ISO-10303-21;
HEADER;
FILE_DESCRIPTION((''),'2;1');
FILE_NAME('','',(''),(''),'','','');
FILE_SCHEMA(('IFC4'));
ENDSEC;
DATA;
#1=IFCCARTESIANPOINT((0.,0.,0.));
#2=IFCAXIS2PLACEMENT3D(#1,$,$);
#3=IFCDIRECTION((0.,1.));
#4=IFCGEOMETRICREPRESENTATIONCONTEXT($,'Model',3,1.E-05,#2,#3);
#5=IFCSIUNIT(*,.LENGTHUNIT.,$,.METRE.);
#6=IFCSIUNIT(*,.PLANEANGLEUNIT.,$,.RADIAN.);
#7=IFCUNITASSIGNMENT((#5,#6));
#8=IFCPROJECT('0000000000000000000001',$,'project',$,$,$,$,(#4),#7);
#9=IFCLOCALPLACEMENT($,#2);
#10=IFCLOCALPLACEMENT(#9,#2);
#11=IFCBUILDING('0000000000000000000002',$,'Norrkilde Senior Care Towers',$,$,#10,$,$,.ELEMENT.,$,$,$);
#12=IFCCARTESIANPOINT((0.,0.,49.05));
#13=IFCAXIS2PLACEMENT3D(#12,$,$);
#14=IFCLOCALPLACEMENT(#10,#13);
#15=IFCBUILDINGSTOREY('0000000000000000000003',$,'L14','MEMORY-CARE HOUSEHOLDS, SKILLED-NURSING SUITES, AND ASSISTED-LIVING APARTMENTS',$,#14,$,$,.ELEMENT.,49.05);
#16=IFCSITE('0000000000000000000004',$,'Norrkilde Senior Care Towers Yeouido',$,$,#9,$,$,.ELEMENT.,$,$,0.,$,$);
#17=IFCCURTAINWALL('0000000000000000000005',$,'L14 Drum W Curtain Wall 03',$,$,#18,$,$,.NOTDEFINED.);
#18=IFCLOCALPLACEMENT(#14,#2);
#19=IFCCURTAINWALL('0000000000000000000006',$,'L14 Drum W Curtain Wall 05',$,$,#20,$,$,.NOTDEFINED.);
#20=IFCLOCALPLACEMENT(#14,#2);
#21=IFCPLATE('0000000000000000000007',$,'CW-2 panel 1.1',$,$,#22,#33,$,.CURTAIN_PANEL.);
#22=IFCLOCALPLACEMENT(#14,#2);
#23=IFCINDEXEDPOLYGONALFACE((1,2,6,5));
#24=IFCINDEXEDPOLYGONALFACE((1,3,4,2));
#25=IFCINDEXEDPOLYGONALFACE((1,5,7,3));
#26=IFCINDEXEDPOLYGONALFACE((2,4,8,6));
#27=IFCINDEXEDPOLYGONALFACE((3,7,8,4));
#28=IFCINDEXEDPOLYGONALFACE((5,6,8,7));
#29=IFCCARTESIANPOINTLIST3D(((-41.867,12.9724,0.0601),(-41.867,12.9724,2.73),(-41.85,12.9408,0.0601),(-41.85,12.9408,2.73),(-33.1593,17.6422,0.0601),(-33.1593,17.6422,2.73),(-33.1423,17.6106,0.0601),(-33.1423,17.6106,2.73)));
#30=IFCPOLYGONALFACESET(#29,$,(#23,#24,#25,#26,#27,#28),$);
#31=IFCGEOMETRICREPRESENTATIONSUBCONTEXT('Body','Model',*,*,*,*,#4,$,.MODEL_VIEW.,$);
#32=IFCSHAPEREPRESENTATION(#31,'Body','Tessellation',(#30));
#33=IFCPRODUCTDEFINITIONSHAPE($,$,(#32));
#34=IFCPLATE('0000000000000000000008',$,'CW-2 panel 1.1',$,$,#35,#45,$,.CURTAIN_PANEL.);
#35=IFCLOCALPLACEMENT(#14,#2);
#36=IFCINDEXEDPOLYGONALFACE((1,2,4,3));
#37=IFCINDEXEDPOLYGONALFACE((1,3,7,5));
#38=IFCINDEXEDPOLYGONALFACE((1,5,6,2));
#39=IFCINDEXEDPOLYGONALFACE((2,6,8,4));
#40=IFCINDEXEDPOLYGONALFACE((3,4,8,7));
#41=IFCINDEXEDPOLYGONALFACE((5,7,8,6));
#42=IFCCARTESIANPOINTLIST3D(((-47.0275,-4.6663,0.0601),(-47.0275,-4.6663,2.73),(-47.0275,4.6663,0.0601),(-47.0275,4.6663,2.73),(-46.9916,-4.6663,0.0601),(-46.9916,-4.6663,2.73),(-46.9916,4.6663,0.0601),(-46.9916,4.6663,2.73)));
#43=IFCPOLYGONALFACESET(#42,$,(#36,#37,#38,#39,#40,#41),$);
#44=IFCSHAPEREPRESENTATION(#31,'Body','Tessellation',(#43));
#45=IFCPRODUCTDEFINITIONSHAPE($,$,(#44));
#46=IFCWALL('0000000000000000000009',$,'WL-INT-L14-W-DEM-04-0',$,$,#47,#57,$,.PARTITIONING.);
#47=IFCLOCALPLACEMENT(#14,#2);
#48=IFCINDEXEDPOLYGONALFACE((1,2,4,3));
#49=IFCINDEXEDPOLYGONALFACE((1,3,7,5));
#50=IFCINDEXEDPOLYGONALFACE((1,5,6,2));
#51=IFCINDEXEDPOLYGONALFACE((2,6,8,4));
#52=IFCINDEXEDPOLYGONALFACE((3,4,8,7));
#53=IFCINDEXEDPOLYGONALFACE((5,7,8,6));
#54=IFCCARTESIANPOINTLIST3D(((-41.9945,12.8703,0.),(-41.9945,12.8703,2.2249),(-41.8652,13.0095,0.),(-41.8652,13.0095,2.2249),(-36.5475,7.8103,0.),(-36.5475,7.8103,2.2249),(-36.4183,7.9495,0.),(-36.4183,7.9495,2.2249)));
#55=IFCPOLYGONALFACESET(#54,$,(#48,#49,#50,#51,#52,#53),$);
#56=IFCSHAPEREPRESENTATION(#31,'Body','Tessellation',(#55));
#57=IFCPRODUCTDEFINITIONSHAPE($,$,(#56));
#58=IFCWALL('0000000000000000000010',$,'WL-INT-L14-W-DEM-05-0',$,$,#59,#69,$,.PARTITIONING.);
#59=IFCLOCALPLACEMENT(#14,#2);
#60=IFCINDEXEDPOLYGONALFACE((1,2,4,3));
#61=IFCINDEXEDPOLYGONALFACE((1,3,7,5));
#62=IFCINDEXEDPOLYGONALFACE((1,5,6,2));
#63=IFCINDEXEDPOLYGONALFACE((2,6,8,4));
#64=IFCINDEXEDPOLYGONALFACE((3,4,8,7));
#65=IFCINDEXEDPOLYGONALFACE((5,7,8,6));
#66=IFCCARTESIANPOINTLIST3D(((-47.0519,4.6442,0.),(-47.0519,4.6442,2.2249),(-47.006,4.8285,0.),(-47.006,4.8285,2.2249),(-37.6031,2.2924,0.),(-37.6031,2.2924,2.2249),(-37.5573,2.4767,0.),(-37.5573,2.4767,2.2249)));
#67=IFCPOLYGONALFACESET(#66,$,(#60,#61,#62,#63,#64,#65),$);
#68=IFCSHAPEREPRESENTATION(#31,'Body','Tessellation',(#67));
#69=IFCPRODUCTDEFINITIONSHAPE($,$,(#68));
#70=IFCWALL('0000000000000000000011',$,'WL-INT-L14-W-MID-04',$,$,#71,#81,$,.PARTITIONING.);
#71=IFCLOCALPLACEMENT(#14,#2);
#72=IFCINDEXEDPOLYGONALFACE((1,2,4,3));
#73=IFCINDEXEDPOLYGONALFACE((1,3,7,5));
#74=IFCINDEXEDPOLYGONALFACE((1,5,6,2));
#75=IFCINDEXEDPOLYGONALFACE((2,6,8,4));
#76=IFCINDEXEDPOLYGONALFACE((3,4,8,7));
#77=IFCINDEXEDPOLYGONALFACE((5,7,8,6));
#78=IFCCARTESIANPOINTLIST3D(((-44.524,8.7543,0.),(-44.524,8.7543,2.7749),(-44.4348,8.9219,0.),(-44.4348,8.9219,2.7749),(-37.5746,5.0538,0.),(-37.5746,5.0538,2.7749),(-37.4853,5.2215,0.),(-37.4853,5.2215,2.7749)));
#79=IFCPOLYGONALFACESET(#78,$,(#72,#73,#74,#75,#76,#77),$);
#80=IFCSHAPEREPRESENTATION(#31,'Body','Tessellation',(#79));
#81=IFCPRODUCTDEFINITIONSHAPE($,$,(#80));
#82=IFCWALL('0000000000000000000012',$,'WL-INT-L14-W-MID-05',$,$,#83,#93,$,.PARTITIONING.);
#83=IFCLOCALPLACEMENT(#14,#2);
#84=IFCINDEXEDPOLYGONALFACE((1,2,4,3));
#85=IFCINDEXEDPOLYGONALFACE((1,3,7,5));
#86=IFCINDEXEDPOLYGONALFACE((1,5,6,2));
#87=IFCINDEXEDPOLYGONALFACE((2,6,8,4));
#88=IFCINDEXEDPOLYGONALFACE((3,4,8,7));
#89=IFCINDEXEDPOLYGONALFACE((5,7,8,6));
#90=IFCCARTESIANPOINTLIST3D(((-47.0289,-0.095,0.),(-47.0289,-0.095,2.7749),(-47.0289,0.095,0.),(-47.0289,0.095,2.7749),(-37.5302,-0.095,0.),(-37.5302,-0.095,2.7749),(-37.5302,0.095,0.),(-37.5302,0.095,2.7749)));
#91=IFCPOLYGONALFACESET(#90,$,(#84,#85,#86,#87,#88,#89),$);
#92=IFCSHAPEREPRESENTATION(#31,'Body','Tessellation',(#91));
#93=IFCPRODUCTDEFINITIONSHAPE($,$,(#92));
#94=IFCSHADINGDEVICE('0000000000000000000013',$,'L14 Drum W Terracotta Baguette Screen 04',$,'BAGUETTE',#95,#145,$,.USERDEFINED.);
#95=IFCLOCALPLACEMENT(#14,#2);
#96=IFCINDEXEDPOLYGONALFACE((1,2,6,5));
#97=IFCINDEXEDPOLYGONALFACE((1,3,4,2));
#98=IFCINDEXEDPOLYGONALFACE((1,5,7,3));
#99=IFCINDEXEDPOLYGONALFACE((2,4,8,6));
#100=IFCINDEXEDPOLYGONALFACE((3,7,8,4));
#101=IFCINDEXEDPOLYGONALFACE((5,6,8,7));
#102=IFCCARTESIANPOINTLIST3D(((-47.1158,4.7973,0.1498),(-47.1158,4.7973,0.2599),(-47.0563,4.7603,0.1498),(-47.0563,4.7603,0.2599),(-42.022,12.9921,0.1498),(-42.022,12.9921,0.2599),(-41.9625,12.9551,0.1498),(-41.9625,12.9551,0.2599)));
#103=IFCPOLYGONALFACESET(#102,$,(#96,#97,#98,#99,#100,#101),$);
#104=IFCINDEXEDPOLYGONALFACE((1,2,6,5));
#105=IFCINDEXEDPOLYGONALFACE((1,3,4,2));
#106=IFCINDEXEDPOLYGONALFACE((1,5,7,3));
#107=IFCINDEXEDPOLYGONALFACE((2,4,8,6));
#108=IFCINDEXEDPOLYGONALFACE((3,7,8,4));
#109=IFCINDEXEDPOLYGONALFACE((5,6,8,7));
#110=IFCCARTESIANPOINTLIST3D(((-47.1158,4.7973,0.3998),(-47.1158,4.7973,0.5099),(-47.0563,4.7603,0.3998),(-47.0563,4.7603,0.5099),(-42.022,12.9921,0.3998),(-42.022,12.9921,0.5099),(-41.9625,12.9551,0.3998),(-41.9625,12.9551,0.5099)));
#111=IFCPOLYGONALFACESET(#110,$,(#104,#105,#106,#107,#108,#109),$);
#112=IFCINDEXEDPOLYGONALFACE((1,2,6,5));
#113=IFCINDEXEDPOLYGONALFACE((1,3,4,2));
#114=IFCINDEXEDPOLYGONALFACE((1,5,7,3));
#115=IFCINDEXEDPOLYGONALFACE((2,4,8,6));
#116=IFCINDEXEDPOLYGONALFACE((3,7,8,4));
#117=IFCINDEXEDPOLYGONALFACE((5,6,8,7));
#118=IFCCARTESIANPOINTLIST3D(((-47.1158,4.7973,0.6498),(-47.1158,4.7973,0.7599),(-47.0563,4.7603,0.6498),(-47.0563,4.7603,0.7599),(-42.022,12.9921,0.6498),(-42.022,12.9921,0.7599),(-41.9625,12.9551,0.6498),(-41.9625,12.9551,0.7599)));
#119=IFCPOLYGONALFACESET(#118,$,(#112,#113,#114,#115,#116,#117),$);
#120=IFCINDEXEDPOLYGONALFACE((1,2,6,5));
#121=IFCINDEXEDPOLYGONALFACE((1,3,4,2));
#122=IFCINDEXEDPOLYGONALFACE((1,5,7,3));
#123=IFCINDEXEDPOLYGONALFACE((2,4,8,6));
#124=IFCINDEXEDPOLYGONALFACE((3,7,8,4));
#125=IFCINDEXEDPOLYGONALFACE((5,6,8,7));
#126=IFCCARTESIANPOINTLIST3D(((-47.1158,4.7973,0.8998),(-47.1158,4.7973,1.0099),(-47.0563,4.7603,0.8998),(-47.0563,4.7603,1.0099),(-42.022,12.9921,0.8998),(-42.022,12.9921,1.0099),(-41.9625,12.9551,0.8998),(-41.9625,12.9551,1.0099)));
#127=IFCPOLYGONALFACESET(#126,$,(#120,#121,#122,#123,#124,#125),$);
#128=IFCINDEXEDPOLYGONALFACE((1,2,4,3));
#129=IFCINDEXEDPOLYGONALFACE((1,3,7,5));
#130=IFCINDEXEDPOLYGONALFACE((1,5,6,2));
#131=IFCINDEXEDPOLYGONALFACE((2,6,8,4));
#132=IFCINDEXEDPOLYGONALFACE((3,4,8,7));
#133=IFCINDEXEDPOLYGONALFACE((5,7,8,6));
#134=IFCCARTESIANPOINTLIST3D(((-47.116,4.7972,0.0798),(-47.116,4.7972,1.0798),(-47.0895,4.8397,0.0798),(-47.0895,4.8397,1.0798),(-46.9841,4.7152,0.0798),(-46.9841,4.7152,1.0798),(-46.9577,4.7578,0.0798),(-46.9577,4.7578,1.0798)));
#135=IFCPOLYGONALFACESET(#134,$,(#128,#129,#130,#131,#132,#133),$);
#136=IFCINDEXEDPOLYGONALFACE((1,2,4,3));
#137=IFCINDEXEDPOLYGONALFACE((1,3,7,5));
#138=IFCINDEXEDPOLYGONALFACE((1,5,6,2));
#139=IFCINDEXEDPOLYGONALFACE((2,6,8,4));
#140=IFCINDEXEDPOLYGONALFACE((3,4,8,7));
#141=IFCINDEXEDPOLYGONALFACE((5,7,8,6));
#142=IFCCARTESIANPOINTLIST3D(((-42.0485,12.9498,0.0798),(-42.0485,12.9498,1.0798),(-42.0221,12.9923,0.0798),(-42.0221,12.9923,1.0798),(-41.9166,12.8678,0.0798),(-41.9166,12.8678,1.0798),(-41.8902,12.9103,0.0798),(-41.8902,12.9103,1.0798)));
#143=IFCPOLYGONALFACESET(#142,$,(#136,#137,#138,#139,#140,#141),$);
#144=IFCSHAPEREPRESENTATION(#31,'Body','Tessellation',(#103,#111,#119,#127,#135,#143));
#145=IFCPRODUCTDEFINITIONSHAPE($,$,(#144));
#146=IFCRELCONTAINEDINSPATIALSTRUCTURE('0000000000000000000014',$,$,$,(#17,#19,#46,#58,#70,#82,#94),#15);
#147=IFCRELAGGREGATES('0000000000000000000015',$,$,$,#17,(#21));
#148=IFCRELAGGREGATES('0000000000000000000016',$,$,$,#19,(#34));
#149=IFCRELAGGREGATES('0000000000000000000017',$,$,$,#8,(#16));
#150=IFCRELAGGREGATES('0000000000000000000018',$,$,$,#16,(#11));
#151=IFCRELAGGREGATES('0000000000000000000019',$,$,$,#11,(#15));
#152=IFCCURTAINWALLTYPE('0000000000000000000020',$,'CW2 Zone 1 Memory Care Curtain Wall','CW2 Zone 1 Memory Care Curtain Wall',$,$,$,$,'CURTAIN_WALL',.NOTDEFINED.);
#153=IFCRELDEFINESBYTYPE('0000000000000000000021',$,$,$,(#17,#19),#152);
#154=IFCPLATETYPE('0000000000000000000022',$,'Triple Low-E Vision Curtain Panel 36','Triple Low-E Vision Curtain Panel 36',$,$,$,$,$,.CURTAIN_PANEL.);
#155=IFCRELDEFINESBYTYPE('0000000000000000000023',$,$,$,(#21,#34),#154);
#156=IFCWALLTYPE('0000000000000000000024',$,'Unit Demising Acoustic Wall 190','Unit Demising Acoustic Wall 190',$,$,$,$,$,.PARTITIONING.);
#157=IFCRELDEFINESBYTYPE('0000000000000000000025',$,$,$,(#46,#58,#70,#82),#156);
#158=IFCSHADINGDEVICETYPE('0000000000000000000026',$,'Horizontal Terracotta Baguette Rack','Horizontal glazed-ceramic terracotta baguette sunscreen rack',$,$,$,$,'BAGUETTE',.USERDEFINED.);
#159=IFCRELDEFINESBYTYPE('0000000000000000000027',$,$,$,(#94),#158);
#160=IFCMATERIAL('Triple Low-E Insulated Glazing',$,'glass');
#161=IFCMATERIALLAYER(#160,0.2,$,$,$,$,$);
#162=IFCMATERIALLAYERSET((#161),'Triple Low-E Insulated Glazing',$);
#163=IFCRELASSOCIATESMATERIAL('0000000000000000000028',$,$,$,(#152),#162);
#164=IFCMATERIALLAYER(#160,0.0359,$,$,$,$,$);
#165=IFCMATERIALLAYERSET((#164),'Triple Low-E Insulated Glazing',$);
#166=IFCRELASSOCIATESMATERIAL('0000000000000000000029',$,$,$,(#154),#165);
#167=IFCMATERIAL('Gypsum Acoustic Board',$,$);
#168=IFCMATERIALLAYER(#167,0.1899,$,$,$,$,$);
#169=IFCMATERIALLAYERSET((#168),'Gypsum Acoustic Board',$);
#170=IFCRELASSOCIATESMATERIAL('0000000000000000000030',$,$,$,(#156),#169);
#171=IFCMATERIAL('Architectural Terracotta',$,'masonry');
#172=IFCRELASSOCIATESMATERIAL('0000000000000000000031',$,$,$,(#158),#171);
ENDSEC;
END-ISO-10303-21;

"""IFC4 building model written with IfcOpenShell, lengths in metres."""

from ifc_helpers import new_model, si_unit, direction, frame, frame_2d, origin, origin_2d, place, context, subcontext, project, spatial, rectangle, extrude, source, transform, mapped, material, layer, layer_set, type_object, type_shapes, element, aggregate, save


model = new_model("IFC4")

# Units and contexts
model_context = context("Model", 3, precision=1e-05, world=origin(), true_north=direction((0.0, 1.0)))
body_context = subcontext(model_context, "Body", "Model", "MODEL_VIEW")
ifc_project = project(units=[si_unit("LENGTHUNIT", "METRE"), si_unit("PLANEANGLEUNIT", "RADIAN")], contexts=[model_context])

# Site, building, storey
site_placement = place(None, origin())
site = spatial("IfcSite", under=ifc_project, at=site_placement, Name="Norrkilde Senior Care Towers Yeouido", CompositionType="ELEMENT", RefElevation=0.0)
building_placement = place(site_placement, origin())
building = spatial("IfcBuilding", under=site, at=building_placement, Name="Norrkilde Senior Care Towers", CompositionType="ELEMENT")
storey_placement = place(building_placement, frame((0.0, 0.0, 49.05)))
storey = spatial("IfcBuildingStorey", under=building, at=storey_placement, Name="L14", Description="MEMORY-CARE HOUSEHOLDS, SKILLED-NURSING SUITES, AND ASSISTED-LIVING APARTMENTS", CompositionType="ELEMENT", Elevation=49.05)

# Curtain wall
ifc_material_1 = material(Name="Triple Low-E Insulated Glazing", Category="glass")
ifc_layer_1 = layer(ifc_material_1, 0.2)
ifc_layer_set_1 = layer_set([ifc_layer_1], Name="Triple Low-E Insulated Glazing")
curtain_wall_type = type_object("IfcCurtainWallType", Name="CW2 Zone 1 Memory Care Curtain Wall", Description="CW2 Zone 1 Memory Care Curtain Wall", ElementType="CURTAIN_WALL", PredefinedType="NOTDEFINED", material=ifc_layer_set_1)
curtain_wall_1_placement = place(storey_placement, origin())
curtain_wall_1 = element("IfcCurtainWall", 1, at=curtain_wall_1_placement, inside=storey, type_object=curtain_wall_type, Name="L14 Drum W Curtain Wall 03", PredefinedType="NOTDEFINED")

# Curtain wall
curtain_wall_2_placement = place(storey_placement, origin())
curtain_wall_2 = element("IfcCurtainWall", 2, at=curtain_wall_2_placement, inside=storey, type_object=curtain_wall_type, Name="L14 Drum W Curtain Wall 05", PredefinedType="NOTDEFINED")

# Plates
ifc_layer_2 = layer(ifc_material_1, 0.0359)
ifc_layer_set_2 = layer_set([ifc_layer_2], Name="Triple Low-E Insulated Glazing")
plate_type = type_object("IfcPlateType", Name="Triple Low-E Vision Curtain Panel 36", Description="Triple Low-E Vision Curtain Panel 36", PredefinedType="CURTAIN_PANEL", material=ifc_layer_set_2)
shared_shape_1 = source(origin(), body_context, "Body", "SweptSolid", [
    extrude(rectangle(XDim=9.8809, YDim=0.0359, at=origin_2d()), origin(), (0.0, 0.0, 1.0), 2.6699),
])
plate_1_placement = place(storey_placement, frame((-37.5046, 15.2915, 0.0601), z_axis=(0.0, 0.0, 1.0), x_axis=(0.881273, 0.472608, 0.0)))
plate_1 = element("IfcPlate", 3, at=plate_1_placement, type_object=plate_type, Name="CW-2 panel 1.1", PredefinedType="CURTAIN_PANEL", context=body_context, shape_type="MappedRepresentation", body=[
    mapped(shared_shape_1, transform((0.0, 0.0, 0.0), x_axis=(1.0, 0.0, 0.0), y_axis=(0.0, 1.0, 0.0), z_axis=(0.0, 0.0, 1.0), scale=1.0)),
])
aggregate(curtain_wall_1, [plate_1])
shared_shape_2 = source(origin(), body_context, "Body", "SweptSolid", [
    extrude(rectangle(XDim=9.3325, YDim=0.0359, at=origin_2d()), origin(), (0.0, 0.0, 1.0), 2.6699),
])
plate_2_placement = place(storey_placement, frame((-47.0095, 0.0, 0.0601), z_axis=(0.0, 0.0, 1.0), x_axis=(0.0, 1.0, 0.0)))
plate_2 = element("IfcPlate", 4, at=plate_2_placement, type_object=plate_type, Name="CW-2 panel 1.1", PredefinedType="CURTAIN_PANEL", context=body_context, shape_type="MappedRepresentation", body=[
    mapped(shared_shape_2, transform((0.0, 0.0, 0.0), x_axis=(1.0, 0.0, 0.0), y_axis=(0.0, 1.0, 0.0), z_axis=(0.0, 0.0, 1.0), scale=1.0)),
])
aggregate(curtain_wall_2, [plate_2])

# Shared definitions
ifc_material_2 = material(Name="Gypsum Acoustic Board")

# Walls
ifc_layer_3 = layer(ifc_material_2, 0.1899)
ifc_layer_set_3 = layer_set([ifc_layer_3], Name="Gypsum Acoustic Board")
wall_type_1 = type_object("IfcWallType", Name="Unit Demising Acoustic Wall 190", Description="Unit Demising Acoustic Wall 190", PredefinedType="PARTITIONING", material=ifc_layer_set_3)
shared_shape_3 = source(origin(), body_context, "Body", "SweptSolid", [
    extrude(rectangle(XDim=7.4346, YDim=0.1899, at=frame_2d((3.7173, 0.0))), origin(), (0.0, 0.0, 1.0), 2.2249),
])
wall_1_placement = place(storey_placement, frame((-36.4829, 7.8799, 0.0), z_axis=(0.0, 0.0, 1.0), x_axis=(-0.732652, 0.680603, 0.0)))
element("IfcWall", 5, at=wall_1_placement, inside=storey, type_object=wall_type_1, Name="WL-INT-L14-W-DEM-04-0", PredefinedType="PARTITIONING", context=body_context, shape_type="MappedRepresentation", body=[
    mapped(shared_shape_3, transform((0.0, 0.0, 0.0), x_axis=(1.0, 0.0, 0.0), y_axis=(0.0, 1.0, 0.0), z_axis=(0.0, 0.0, 1.0), scale=1.0)),
])
shared_shape_4 = source(origin(), body_context, "Body", "SweptSolid", [
    extrude(rectangle(XDim=9.7371, YDim=0.1899, at=frame_2d((4.8687, 0.0))), origin(), (0.0, 0.0, 1.0), 2.2249),
])
wall_2_placement = place(storey_placement, frame((-37.5801, 2.3845, 0.0), z_axis=(0.0, 0.0, 1.0), x_axis=(-0.970393, 0.241533, 0.0)))
element("IfcWall", 6, at=wall_2_placement, inside=storey, type_object=wall_type_1, Name="WL-INT-L14-W-DEM-05-0", PredefinedType="PARTITIONING", context=body_context, shape_type="MappedRepresentation", body=[
    mapped(shared_shape_4, transform((0.0, 0.0, 0.0), x_axis=(1.0, 0.0, 0.0), y_axis=(0.0, 1.0, 0.0), z_axis=(0.0, 0.0, 1.0), scale=1.0)),
])
shared_shape_5 = source(origin(), body_context, "Body", "SweptSolid", [
    extrude(rectangle(XDim=7.8733, YDim=0.1899, at=frame_2d((3.9365, 0.0))), origin(), (0.0, 0.0, 1.0), 2.7749),
])
wall_3_placement = place(storey_placement, frame((-37.53, 5.1377, 0.0), z_axis=(0.0, 0.0, 1.0), x_axis=(-0.882666, 0.470001, 0.0)))
element("IfcWall", 7, at=wall_3_placement, inside=storey, type_object=wall_type_1, Name="WL-INT-L14-W-MID-04", PredefinedType="PARTITIONING", context=body_context, shape_type="MappedRepresentation", body=[
    mapped(shared_shape_5, transform((0.0, 0.0, 0.0), x_axis=(1.0, 0.0, 0.0), y_axis=(0.0, 1.0, 0.0), z_axis=(0.0, 0.0, 1.0), scale=1.0)),
])
shared_shape_6 = source(origin(), body_context, "Body", "SweptSolid", [
    extrude(rectangle(XDim=9.4988, YDim=0.1899, at=frame_2d((4.7495, 0.0))), origin(), (0.0, 0.0, 1.0), 2.7749),
])
type_shapes(wall_type_1, [shared_shape_3, shared_shape_4, shared_shape_5, shared_shape_6])
wall_4_placement = place(storey_placement, frame((-37.53, 0.0, 0.0), z_axis=(0.0, 0.0, 1.0), x_axis=(-1.0, 0.0, 0.0)))
element("IfcWall", 8, at=wall_4_placement, inside=storey, type_object=wall_type_1, Name="WL-INT-L14-W-MID-05", PredefinedType="PARTITIONING", context=body_context, shape_type="MappedRepresentation", body=[
    mapped(shared_shape_6, transform((0.0, 0.0, 0.0), x_axis=(1.0, 0.0, 0.0), y_axis=(0.0, 1.0, 0.0), z_axis=(0.0, 0.0, 1.0), scale=1.0)),
])

# Shading device
ifc_material_3 = material(Name="Architectural Terracotta", Category="masonry")
shading_device_type = type_object("IfcShadingDeviceType", Name="Horizontal Terracotta Baguette Rack", Description="Horizontal glazed-ceramic terracotta baguette sunscreen rack", ElementType="BAGUETTE", PredefinedType="USERDEFINED", material=ifc_material_3)
shared_shape_7 = source(origin(), body_context, "Body", "SweptSolid", [
    extrude(rectangle(XDim=0.0701, YDim=0.1101, at=origin_2d()), frame((0.0, 0.0901, 0.125), z_axis=(1.0, 0.0, 0.0), x_axis=(0.0, 1.0, 0.0)), (0.0, 0.0, 1.0), 9.6489),
    extrude(rectangle(XDim=0.0701, YDim=0.1101, at=origin_2d()), frame((0.0, 0.0901, 0.375), z_axis=(1.0, 0.0, 0.0), x_axis=(0.0, 1.0, 0.0)), (0.0, 0.0, 1.0), 9.6489),
    extrude(rectangle(XDim=0.0701, YDim=0.1101, at=origin_2d()), frame((0.0, 0.0901, 0.625), z_axis=(1.0, 0.0, 0.0), x_axis=(0.0, 1.0, 0.0)), (0.0, 0.0, 1.0), 9.6489),
    extrude(rectangle(XDim=0.0701, YDim=0.1101, at=origin_2d()), frame((0.0, 0.0901, 0.875), z_axis=(1.0, 0.0, 0.0), x_axis=(0.0, 1.0, 0.0)), (0.0, 0.0, 1.0), 9.6489),
    extrude(rectangle(XDim=0.05, YDim=0.1553, at=origin_2d()), frame((0.0249, 0.0476, 0.0)), (0.0, 0.0, 1.0), 1.0),
    extrude(rectangle(XDim=0.05, YDim=0.1553, at=origin_2d()), frame((9.624, 0.0476, 0.0)), (0.0, 0.0, 1.0), 1.0),
])
type_shapes(shading_device_type, [shared_shape_7])
shading_device_placement = place(storey_placement, frame((-47.0095, 4.7312, 0.0798), z_axis=(0.0, 0.0, 1.0), x_axis=(0.527909, 0.849299, 0.0)))
element("IfcShadingDevice", 9, at=shading_device_placement, inside=storey, type_object=shading_device_type, Name="L14 Drum W Terracotta Baguette Screen 04", ObjectType="BAGUETTE", PredefinedType="USERDEFINED", context=body_context, shape_type="MappedRepresentation", body=[
    mapped(shared_shape_7, transform((0.0, 0.0, 0.0), x_axis=(1.0, 0.0, 0.0), y_axis=(0.0, 1.0, 0.0), z_axis=(0.0, 0.0, 1.0), scale=1.0)),
])

save(model, "model.ifc")
